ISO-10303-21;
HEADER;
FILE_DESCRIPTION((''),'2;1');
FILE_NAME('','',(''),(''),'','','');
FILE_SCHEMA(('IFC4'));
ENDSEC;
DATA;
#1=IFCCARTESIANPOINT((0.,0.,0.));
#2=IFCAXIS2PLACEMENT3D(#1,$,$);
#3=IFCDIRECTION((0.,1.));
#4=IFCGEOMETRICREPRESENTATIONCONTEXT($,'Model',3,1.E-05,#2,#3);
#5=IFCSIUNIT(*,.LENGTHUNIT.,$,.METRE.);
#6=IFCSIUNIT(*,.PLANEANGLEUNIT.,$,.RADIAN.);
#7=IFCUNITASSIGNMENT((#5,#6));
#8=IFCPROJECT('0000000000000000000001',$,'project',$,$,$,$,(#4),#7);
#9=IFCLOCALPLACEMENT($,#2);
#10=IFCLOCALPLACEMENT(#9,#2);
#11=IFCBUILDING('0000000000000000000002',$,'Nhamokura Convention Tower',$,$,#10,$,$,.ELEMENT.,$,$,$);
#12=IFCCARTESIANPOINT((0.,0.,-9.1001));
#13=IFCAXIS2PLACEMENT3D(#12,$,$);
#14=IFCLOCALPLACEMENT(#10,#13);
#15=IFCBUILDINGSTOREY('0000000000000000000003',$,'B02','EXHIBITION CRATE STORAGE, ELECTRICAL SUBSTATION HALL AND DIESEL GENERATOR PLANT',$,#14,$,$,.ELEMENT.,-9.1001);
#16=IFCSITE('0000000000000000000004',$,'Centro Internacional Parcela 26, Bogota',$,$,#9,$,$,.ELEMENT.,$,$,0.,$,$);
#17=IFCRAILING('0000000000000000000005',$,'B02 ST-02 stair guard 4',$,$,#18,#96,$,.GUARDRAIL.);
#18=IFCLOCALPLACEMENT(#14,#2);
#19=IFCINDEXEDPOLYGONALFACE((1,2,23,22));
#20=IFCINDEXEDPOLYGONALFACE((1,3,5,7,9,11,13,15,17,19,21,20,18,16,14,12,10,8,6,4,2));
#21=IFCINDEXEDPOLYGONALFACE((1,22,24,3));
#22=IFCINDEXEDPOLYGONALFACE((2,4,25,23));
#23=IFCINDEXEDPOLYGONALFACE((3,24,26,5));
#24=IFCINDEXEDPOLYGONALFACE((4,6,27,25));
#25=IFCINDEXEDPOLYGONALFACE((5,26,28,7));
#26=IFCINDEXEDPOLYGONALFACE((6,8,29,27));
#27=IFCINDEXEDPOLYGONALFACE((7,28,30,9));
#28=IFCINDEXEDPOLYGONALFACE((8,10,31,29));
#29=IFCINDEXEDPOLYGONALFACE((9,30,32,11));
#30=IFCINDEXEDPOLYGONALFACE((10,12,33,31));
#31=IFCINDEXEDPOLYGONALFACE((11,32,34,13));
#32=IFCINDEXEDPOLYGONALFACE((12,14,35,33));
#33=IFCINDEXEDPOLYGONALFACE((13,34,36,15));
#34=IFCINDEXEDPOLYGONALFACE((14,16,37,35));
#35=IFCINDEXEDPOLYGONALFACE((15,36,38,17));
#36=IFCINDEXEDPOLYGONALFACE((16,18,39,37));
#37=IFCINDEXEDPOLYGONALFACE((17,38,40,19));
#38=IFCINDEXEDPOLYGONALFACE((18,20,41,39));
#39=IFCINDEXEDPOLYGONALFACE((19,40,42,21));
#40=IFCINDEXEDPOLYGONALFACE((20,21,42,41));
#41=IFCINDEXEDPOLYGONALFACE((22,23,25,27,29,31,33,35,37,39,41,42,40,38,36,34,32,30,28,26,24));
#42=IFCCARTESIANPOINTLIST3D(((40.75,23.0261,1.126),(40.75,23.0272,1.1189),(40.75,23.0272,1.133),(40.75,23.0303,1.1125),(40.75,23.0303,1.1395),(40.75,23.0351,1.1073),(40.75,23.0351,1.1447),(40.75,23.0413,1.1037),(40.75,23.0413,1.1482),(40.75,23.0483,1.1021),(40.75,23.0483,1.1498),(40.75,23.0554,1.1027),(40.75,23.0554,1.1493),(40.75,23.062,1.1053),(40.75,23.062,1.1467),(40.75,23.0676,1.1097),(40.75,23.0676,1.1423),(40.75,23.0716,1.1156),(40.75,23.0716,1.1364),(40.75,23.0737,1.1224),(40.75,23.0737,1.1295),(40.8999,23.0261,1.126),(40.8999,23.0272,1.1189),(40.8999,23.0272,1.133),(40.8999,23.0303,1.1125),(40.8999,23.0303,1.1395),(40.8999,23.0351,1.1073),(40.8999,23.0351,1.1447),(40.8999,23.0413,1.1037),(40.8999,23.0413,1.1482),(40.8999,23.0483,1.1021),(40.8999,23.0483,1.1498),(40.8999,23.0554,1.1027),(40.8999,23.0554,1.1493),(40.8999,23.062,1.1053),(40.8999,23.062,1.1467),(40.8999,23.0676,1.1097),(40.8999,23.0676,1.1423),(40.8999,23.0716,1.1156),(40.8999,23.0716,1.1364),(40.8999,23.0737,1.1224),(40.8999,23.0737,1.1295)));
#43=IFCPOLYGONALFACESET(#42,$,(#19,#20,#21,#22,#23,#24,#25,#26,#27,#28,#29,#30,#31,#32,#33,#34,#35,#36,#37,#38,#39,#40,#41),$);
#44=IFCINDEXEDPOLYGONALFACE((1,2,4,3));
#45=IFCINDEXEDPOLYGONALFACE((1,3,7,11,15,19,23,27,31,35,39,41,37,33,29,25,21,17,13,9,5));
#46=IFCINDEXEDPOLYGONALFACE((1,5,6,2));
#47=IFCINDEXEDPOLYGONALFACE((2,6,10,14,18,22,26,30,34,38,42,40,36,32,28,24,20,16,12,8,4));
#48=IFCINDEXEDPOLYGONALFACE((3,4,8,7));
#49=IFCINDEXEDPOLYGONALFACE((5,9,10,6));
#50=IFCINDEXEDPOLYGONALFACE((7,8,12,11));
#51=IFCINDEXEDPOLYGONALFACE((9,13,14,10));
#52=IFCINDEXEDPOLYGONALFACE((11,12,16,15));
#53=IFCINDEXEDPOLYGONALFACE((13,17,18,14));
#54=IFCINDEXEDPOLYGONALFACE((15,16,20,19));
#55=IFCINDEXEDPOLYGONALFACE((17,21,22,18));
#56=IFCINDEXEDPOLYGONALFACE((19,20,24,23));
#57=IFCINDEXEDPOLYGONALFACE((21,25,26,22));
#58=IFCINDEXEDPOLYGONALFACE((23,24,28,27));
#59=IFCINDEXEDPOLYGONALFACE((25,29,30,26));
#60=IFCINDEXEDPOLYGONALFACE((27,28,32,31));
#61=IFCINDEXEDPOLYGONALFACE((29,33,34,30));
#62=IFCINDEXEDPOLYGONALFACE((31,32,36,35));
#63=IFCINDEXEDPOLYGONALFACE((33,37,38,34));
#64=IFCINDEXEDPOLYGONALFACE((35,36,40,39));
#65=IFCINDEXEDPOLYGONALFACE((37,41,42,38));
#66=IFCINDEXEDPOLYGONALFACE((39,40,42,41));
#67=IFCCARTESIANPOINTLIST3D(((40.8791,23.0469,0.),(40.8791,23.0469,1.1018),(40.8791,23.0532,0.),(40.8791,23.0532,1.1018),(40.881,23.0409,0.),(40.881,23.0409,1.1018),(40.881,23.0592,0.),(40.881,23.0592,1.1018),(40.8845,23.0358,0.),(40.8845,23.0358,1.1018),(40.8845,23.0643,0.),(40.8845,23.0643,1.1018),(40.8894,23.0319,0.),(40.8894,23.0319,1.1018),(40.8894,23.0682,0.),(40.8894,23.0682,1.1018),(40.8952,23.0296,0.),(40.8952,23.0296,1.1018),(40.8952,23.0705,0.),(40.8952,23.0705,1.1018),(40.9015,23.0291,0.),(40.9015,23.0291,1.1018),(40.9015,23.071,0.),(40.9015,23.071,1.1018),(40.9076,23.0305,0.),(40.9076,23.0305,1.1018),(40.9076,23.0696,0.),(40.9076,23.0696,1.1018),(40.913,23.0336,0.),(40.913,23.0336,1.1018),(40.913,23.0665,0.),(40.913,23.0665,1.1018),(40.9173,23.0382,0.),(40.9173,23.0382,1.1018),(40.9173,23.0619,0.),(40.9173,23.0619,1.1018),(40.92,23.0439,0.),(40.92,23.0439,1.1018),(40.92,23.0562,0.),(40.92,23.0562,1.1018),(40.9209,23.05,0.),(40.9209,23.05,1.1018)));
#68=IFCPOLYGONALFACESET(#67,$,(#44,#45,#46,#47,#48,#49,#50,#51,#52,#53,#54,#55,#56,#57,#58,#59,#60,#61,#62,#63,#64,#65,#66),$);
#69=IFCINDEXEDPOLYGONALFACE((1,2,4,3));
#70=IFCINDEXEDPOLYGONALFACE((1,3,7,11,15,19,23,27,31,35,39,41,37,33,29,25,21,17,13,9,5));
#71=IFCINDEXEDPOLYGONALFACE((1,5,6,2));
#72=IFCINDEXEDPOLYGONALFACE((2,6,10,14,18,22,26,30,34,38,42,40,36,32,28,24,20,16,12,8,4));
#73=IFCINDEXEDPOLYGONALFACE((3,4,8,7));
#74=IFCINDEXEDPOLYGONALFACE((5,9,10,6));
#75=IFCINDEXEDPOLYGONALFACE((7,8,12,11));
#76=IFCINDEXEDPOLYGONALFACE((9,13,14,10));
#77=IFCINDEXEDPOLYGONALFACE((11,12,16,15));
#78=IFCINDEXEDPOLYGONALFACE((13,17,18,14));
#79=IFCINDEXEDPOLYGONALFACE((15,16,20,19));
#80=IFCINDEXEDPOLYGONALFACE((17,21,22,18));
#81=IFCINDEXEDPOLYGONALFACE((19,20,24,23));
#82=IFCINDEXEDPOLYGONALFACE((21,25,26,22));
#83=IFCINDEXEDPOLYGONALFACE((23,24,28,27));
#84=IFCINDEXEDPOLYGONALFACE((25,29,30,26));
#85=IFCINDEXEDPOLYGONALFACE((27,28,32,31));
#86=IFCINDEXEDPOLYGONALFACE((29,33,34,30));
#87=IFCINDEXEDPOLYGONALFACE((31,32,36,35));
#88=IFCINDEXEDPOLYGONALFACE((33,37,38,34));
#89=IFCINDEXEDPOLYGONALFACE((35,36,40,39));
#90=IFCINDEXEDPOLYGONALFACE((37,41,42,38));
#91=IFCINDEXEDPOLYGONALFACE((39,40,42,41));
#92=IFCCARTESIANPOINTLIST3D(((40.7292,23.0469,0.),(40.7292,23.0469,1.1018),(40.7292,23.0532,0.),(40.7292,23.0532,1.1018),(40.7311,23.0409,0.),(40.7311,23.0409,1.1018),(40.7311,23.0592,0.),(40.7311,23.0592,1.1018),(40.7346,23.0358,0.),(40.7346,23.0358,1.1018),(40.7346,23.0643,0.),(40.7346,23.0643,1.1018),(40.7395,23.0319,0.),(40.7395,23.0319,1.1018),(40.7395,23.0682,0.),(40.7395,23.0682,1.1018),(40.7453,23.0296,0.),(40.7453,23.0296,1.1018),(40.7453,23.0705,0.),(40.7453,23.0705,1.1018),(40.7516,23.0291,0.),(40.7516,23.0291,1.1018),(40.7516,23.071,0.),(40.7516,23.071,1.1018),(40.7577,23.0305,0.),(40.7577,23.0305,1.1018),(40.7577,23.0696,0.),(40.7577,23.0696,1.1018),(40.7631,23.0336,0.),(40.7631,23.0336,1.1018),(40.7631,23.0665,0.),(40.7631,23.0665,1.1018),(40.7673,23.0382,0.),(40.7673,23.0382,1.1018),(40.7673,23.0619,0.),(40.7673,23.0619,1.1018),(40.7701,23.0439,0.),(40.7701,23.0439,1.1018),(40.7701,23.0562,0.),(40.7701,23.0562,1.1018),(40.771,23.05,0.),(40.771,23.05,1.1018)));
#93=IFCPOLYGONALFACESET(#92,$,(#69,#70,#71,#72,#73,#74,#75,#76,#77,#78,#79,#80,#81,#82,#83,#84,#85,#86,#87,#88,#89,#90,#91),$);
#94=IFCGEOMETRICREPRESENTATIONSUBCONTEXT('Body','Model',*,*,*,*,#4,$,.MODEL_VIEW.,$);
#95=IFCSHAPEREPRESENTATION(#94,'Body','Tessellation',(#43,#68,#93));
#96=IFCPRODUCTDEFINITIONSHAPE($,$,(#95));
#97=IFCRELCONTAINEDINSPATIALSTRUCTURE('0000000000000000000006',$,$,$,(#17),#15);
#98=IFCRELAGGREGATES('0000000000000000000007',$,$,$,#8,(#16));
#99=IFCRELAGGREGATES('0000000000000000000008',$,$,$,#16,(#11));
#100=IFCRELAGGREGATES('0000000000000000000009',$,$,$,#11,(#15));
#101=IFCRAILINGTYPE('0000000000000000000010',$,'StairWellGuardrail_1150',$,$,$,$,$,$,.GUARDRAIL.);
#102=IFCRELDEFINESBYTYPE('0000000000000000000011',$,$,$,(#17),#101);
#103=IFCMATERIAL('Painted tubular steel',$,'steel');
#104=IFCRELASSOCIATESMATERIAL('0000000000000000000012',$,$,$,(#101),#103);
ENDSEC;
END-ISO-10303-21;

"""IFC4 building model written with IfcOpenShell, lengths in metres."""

from ifc_helpers import new_model, si_unit, direction, frame, origin, origin_2d, place, context, subcontext, project, spatial, circle, extrude, material, type_object, element, save


model = new_model("IFC4")

# Units and contexts
model_context = context("Model", 3, precision=1e-05, world=origin(), true_north=direction((0.0, 1.0)))
body_context = subcontext(model_context, "Body", "Model", "MODEL_VIEW")
ifc_project = project(units=[si_unit("LENGTHUNIT", "METRE"), si_unit("PLANEANGLEUNIT", "RADIAN")], contexts=[model_context])

# Site, building, storey
site_placement = place(None, origin())
site = spatial("IfcSite", under=ifc_project, at=site_placement, Name="Centro Internacional Parcela 26, Bogota", CompositionType="ELEMENT", RefElevation=0.0)
building_placement = place(site_placement, origin())
building = spatial("IfcBuilding", under=site, at=building_placement, Name="Nhamokura Convention Tower", CompositionType="ELEMENT")
storey_placement = place(building_placement, frame((0.0, 0.0, -9.1001)))
storey = spatial("IfcBuildingStorey", under=building, at=storey_placement, Name="B02", Description="EXHIBITION CRATE STORAGE, ELECTRICAL SUBSTATION HALL AND DIESEL GENERATOR PLANT", CompositionType="ELEMENT", Elevation=-9.1001)

# Railing
ifc_material_1 = material(Name="Painted tubular steel", Category="steel")
railing_type_1 = type_object("IfcRailingType", Name="StairWellGuardrail_1150", PredefinedType="GUARDRAIL", material=ifc_material_1)
railing_1_placement = place(storey_placement, frame((40.8999, 23.05, 0.0)))
element("IfcRailing", 1, at=railing_1_placement, inside=storey, type_object=railing_type_1, Name="B02 ST-02 stair guard 4", PredefinedType="GUARDRAIL", context=body_context, shape_type="SweptSolid", body=[
    extrude(circle(Radius=0.0239, at=origin_2d()), frame((0.0, 0.0, 1.126), z_axis=(-1.0, 0.0, 0.0), x_axis=(0.0, -1.0, 0.0)), (0.0, 0.0, 1.0), 0.1499),
    extrude(circle(Radius=0.021, at=origin_2d()), origin(), (0.0, 0.0, 1.0), 1.1018),
    extrude(circle(Radius=0.021, at=origin_2d()), frame((-0.1499, 0.0, 0.0)), (0.0, 0.0, 1.0), 1.1018),
])

save(model, "model.ifc")
